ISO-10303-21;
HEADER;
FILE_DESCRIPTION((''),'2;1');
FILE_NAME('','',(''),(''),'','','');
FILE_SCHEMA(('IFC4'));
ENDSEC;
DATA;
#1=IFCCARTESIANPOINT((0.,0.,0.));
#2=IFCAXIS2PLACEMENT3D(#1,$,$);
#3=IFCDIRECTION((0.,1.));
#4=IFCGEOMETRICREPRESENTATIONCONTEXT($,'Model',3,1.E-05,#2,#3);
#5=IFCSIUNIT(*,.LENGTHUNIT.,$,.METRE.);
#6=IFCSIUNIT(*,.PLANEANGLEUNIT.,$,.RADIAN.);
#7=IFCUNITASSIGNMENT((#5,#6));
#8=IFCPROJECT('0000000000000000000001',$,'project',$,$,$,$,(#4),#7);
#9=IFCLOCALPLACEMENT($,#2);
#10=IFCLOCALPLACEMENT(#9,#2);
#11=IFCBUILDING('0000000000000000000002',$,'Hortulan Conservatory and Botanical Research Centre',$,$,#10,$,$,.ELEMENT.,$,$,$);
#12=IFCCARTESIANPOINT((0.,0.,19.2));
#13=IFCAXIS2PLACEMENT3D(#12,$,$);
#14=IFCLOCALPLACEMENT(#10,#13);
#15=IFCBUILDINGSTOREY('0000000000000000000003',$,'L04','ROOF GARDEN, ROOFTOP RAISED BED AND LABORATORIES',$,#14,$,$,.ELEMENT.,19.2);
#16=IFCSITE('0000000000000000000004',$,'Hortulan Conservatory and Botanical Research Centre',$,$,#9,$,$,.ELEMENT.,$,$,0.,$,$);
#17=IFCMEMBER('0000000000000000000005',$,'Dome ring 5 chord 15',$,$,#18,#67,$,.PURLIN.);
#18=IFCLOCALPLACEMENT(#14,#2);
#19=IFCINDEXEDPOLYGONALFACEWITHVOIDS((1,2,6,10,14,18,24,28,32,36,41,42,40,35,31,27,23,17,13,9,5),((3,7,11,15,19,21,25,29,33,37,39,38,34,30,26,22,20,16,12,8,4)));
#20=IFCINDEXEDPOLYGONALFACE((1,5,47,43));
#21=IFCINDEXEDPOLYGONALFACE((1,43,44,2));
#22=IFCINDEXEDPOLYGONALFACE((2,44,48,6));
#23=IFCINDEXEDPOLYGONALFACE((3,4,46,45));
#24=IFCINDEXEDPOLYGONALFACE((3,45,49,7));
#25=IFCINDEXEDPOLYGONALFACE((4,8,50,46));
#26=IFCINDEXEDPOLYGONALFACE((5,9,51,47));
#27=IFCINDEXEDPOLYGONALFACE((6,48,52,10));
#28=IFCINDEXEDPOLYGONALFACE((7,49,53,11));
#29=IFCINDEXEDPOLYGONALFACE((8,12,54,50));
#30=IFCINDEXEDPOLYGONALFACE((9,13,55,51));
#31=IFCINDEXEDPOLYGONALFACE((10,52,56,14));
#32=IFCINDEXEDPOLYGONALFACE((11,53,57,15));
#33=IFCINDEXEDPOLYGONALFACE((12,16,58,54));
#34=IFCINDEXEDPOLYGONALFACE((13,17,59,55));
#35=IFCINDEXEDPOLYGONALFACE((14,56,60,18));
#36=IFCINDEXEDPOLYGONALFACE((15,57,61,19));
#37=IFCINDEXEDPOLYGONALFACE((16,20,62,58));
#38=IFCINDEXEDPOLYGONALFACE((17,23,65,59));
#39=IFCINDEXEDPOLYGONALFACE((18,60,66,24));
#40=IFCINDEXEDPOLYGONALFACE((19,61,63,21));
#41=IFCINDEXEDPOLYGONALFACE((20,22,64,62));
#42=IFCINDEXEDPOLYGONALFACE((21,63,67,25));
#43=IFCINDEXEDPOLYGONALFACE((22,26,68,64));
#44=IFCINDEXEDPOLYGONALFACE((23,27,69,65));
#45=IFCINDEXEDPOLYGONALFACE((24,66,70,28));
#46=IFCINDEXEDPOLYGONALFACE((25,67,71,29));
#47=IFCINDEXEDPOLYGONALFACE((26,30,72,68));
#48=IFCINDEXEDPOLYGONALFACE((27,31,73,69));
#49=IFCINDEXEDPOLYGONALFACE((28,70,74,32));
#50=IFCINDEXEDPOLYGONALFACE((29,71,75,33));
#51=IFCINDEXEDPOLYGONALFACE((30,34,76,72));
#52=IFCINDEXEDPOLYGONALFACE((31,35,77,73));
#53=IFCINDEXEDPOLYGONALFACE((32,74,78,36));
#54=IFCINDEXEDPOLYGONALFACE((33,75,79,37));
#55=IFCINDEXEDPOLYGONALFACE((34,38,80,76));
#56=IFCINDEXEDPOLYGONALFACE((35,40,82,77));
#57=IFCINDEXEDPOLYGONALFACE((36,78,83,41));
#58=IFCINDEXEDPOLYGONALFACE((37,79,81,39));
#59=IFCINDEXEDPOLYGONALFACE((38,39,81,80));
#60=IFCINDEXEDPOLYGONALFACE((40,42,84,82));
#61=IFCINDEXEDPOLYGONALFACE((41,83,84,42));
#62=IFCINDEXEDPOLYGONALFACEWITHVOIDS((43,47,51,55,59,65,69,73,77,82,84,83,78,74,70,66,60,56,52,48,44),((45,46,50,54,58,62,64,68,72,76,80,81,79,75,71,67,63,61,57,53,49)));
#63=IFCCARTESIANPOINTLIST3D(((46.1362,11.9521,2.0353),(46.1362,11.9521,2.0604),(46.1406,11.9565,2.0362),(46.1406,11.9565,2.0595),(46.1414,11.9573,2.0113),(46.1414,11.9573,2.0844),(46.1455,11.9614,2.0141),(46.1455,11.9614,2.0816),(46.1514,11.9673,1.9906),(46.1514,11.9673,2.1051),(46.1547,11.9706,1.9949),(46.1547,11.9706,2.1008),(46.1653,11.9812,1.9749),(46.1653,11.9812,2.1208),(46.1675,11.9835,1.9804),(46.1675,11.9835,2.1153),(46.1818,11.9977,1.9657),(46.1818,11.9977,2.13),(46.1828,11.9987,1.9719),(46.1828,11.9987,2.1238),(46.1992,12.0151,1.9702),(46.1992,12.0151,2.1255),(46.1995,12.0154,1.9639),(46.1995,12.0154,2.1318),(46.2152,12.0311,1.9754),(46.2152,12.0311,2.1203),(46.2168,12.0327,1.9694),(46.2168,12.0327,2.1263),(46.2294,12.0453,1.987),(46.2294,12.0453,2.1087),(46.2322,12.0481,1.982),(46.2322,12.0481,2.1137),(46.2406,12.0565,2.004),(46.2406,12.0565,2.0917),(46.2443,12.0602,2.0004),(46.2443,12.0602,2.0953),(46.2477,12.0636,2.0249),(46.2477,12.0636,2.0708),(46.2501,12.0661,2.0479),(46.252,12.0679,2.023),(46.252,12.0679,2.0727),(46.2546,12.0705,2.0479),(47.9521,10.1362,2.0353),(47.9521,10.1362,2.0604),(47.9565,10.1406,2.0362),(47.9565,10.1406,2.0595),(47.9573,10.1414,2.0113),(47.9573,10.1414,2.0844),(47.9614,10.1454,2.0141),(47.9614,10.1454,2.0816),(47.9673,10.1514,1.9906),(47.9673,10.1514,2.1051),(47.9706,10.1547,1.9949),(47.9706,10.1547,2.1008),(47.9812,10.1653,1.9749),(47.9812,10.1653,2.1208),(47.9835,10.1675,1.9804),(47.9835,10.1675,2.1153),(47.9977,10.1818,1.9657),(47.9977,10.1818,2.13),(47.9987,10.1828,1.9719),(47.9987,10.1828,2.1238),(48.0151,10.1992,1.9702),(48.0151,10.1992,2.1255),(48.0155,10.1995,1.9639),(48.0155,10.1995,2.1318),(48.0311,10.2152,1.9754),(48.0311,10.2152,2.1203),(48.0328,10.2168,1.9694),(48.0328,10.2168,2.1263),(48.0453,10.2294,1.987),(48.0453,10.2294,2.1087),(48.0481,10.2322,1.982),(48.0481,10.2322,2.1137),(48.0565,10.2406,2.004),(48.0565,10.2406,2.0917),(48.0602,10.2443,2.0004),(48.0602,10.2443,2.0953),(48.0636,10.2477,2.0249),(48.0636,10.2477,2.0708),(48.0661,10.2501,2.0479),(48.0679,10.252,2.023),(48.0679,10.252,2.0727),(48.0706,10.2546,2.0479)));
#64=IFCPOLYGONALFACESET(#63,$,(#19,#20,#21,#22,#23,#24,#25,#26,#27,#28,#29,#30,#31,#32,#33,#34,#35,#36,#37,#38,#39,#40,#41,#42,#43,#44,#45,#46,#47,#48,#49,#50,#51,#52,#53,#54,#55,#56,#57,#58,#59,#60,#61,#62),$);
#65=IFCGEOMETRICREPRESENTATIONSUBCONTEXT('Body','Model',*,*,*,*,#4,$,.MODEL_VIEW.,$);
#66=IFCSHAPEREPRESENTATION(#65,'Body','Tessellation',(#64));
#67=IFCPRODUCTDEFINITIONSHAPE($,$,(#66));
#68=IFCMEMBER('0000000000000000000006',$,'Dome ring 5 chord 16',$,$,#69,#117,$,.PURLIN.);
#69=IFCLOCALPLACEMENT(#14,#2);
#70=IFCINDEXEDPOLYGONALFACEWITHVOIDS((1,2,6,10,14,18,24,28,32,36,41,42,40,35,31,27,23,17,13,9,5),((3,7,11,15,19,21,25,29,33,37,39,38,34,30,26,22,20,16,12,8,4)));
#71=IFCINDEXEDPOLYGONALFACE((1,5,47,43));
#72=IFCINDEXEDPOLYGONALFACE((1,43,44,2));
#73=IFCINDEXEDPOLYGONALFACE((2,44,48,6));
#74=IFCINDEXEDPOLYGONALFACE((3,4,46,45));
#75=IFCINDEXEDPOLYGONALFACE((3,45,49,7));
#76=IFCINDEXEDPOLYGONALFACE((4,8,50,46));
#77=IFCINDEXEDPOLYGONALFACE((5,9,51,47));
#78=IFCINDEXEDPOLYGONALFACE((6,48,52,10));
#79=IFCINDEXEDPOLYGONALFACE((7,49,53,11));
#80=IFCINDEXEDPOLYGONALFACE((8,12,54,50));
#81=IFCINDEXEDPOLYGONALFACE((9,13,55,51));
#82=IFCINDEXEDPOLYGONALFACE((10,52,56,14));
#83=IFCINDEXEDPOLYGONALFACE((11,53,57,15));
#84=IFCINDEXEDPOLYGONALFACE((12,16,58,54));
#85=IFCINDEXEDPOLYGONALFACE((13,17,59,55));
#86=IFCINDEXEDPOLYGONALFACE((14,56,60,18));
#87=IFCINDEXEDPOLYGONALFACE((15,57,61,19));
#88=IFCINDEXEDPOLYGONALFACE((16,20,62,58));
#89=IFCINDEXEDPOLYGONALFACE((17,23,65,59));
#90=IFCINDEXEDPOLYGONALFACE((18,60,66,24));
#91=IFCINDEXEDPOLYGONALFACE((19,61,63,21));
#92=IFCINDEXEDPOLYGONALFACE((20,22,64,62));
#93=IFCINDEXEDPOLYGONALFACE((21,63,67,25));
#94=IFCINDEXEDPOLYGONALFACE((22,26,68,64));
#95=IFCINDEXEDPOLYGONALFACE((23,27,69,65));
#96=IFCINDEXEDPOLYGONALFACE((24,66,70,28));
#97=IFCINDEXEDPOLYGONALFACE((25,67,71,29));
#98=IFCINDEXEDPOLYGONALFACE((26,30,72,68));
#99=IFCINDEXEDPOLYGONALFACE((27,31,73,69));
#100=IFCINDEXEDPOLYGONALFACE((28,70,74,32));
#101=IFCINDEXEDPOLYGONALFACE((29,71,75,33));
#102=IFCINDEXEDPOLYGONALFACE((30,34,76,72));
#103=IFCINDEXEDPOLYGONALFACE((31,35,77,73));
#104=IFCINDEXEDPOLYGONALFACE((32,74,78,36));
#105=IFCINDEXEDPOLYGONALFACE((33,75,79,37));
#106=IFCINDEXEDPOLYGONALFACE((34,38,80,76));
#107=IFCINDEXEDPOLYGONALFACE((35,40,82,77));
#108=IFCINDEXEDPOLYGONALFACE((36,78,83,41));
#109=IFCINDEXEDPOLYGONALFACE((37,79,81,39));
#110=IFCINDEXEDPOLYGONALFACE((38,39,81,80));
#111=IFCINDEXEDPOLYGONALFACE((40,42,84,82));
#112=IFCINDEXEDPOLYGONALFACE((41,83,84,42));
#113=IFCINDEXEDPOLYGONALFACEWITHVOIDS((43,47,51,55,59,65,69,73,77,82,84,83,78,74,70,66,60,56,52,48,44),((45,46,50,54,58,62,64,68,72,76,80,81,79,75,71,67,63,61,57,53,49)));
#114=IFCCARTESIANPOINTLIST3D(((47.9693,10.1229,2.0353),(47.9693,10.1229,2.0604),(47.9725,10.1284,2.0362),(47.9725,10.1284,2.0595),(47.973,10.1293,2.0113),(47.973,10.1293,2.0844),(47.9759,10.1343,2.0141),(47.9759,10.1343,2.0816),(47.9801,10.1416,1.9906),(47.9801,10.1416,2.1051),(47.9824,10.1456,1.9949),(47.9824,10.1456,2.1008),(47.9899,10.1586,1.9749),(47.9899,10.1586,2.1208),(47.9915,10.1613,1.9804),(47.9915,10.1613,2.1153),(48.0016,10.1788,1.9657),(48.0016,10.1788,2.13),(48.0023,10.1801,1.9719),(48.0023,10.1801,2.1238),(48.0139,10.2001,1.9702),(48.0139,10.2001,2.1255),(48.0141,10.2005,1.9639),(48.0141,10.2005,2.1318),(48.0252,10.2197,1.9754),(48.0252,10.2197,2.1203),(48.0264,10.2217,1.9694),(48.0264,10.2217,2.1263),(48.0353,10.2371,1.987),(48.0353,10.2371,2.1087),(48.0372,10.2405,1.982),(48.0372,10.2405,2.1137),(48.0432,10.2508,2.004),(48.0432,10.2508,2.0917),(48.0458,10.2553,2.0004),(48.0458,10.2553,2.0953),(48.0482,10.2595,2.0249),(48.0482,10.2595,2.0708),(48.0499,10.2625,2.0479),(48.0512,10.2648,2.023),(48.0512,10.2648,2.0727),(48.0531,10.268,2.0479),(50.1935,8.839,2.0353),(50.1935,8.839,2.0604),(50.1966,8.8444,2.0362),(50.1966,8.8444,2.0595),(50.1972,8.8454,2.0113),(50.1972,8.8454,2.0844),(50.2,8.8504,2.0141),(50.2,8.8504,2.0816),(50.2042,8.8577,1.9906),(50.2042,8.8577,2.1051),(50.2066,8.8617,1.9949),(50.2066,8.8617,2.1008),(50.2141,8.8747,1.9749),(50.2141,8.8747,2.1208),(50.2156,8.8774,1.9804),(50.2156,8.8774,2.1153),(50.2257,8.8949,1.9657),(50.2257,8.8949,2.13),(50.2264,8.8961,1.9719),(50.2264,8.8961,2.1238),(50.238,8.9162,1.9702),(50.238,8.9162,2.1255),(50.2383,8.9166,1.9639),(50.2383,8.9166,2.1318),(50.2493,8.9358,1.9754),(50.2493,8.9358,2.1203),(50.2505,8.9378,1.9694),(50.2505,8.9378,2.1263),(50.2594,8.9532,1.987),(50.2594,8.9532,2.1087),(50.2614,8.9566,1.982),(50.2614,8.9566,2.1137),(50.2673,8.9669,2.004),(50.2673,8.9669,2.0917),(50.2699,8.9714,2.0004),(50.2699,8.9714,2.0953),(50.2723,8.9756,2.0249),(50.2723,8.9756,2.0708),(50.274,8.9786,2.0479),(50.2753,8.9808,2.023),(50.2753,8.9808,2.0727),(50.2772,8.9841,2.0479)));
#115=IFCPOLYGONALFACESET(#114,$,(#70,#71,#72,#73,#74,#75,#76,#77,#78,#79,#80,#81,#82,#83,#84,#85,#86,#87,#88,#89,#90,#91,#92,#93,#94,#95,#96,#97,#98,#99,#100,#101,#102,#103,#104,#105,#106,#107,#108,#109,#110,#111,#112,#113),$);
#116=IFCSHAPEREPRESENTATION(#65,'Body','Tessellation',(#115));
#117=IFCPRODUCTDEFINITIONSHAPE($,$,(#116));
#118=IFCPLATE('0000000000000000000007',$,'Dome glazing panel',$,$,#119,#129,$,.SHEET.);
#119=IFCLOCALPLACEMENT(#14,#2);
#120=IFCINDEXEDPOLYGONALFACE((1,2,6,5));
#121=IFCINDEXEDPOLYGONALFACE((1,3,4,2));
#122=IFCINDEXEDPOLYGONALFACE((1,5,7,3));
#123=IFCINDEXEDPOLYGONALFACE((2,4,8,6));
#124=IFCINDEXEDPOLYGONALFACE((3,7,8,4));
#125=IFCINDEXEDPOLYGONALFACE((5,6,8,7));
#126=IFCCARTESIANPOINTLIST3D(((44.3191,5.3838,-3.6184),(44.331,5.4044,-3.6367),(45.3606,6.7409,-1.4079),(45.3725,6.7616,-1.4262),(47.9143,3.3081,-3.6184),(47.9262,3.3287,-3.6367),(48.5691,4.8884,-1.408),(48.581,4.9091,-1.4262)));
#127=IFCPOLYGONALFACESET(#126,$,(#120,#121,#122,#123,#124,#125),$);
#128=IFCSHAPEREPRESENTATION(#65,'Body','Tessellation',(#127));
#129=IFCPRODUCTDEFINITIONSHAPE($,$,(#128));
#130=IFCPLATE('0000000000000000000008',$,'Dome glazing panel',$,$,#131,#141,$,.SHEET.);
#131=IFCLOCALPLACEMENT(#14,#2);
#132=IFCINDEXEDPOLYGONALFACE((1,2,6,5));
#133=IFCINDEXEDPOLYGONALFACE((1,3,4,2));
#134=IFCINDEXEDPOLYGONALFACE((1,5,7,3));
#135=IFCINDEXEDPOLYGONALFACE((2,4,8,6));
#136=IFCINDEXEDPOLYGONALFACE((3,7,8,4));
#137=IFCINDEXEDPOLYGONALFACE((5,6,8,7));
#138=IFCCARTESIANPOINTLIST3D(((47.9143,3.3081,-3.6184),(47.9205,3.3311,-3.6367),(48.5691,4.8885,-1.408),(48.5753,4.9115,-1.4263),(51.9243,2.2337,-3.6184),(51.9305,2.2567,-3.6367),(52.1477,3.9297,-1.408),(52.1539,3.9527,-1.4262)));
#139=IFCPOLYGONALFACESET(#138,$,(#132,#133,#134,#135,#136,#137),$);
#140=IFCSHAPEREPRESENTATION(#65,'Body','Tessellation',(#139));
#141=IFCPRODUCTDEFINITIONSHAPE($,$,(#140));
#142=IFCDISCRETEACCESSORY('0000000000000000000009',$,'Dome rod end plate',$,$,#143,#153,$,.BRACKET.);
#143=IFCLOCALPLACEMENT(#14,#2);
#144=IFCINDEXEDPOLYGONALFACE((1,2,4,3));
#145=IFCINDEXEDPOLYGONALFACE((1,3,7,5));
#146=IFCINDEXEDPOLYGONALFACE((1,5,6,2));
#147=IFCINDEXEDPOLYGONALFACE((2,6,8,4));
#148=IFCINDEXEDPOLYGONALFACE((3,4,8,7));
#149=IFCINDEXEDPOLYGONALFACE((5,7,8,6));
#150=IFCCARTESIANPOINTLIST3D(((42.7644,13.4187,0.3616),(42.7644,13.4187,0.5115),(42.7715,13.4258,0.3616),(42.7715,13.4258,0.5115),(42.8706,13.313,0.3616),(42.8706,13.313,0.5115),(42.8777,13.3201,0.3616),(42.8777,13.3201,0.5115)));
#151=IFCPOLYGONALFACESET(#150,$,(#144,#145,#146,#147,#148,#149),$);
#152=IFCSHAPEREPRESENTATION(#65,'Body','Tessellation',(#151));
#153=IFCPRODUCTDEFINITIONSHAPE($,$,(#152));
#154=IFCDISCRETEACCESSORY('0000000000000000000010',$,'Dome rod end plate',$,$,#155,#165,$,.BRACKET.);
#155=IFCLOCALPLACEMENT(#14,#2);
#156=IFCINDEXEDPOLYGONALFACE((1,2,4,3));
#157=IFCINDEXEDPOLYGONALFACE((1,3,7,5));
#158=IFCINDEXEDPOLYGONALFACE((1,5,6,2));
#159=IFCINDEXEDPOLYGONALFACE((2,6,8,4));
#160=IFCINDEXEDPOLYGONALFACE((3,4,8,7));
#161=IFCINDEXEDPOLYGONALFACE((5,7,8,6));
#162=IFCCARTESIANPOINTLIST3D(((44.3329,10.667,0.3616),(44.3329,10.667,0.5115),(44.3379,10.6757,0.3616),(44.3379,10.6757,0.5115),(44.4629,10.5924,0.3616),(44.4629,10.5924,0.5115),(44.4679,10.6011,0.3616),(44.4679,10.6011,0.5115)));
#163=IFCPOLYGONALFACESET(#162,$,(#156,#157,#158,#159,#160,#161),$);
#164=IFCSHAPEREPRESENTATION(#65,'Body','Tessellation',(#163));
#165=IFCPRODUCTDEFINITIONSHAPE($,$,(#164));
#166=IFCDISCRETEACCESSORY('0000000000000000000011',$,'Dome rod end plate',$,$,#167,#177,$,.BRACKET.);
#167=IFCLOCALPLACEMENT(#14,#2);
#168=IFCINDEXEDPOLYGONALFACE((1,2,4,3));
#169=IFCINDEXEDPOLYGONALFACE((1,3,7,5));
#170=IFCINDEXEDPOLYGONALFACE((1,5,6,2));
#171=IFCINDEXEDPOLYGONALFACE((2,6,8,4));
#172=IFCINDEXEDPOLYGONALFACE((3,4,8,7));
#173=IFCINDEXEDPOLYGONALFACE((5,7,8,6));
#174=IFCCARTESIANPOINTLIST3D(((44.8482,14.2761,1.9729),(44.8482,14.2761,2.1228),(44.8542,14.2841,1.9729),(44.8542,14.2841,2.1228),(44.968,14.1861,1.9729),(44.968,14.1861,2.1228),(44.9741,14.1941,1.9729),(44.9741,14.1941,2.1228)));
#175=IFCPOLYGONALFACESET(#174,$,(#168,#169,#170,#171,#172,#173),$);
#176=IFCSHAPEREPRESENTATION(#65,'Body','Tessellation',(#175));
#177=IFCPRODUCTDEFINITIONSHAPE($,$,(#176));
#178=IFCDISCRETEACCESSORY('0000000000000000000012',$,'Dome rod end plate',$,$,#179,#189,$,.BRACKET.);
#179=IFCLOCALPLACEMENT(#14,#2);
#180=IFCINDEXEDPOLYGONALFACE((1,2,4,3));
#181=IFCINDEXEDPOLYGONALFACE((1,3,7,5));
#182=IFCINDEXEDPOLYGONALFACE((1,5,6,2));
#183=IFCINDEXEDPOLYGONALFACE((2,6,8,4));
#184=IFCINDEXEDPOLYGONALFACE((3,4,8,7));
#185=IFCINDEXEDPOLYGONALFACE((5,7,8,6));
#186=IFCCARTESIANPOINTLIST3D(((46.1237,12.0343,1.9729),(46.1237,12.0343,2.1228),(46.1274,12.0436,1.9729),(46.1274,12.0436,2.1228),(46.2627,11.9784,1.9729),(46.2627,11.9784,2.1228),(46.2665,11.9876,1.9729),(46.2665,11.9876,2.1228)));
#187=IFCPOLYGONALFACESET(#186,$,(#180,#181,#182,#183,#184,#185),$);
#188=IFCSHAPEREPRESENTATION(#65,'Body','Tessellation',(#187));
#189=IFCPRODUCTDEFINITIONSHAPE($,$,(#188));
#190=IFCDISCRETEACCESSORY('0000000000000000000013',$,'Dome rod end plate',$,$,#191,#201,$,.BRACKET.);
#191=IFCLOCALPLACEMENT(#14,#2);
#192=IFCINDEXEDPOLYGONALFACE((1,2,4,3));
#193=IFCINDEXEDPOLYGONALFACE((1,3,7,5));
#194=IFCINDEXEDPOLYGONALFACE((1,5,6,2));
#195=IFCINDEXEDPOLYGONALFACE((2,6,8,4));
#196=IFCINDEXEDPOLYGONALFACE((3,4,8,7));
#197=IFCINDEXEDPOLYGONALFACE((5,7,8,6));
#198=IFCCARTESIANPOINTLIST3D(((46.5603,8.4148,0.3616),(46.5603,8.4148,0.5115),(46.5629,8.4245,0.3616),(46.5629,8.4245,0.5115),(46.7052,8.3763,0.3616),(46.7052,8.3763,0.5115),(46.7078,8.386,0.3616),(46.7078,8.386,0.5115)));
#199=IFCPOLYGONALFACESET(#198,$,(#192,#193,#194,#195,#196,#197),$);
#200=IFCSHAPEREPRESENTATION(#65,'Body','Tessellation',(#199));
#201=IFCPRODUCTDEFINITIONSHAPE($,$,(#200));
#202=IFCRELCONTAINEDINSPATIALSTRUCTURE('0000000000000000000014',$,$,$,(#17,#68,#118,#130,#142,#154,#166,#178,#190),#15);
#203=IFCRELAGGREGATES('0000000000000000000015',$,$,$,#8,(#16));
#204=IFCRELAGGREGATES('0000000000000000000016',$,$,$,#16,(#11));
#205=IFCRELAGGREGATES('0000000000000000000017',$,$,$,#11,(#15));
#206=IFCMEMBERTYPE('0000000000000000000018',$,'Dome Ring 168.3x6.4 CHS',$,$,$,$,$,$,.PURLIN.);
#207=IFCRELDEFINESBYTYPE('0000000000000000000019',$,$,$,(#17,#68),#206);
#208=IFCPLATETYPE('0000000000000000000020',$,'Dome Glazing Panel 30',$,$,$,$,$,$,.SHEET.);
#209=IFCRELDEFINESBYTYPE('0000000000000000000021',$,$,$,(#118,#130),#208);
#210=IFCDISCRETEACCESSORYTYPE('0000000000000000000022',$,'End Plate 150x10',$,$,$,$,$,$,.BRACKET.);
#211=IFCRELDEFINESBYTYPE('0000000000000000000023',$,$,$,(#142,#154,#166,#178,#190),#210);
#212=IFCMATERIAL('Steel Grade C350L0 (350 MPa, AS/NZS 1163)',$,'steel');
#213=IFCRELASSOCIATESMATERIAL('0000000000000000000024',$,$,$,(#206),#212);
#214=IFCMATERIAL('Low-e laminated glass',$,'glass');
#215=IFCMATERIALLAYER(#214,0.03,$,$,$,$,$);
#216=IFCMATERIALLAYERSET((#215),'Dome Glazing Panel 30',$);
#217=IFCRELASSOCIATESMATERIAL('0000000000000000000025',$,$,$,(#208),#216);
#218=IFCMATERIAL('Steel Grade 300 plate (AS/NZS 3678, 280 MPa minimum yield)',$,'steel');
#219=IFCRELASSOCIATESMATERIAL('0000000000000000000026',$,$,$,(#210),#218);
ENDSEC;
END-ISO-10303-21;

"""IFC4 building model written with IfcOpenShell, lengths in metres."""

from ifc_helpers import new_model, si_unit, direction, frame, origin, origin_2d, place, context, subcontext, project, spatial, polyline, rectangle, hollow_circle, outline, extrude, material, layer, layer_set, material_profile, profile_set, type_object, element, save


model = new_model("IFC4")

# Units and contexts
model_context = context("Model", 3, precision=1e-05, world=origin(), true_north=direction((0.0, 1.0)))
body_context = subcontext(model_context, "Body", "Model", "MODEL_VIEW")
ifc_project = project(units=[si_unit("LENGTHUNIT", "METRE"), si_unit("PLANEANGLEUNIT", "RADIAN")], contexts=[model_context])

# Site, building, storey
site_placement = place(None, origin())
site = spatial("IfcSite", under=ifc_project, at=site_placement, Name="Hortulan Conservatory and Botanical Research Centre", CompositionType="ELEMENT", RefElevation=0.0)
building_placement = place(site_placement, origin())
building = spatial("IfcBuilding", under=site, at=building_placement, Name="Hortulan Conservatory and Botanical Research Centre", CompositionType="ELEMENT")
storey_placement = place(building_placement, frame((0.0, 0.0, 19.2)))
storey = spatial("IfcBuildingStorey", under=building, at=storey_placement, Name="L04", Description="ROOF GARDEN, ROOFTOP RAISED BED AND LABORATORIES", CompositionType="ELEMENT", Elevation=19.2)

# Shared definitions
ifc_material_1 = material(Name="Steel Grade C350L0 (350 MPa, AS/NZS 1163)", Category="steel")

# Members
ifc_material_profile_1 = material_profile(ifc_material_1, hollow_circle(Radius=0.0842, WallThickness=0.0063, at=origin_2d()), Name="168.3x6.4CHS")
ifc_profile_set_1 = profile_set([ifc_material_profile_1], Name="Steel Grade C350L0 (350 MPa, AS/NZS 1163)")
member_type_1 = type_object("IfcMemberType", Name="Dome Ring 168.3x6.4 CHS", PredefinedType="PURLIN", material=ifc_profile_set_1)
for number, where, z_axis, x_axis, name in (
    (1, (46.1951, 12.011, 2.0479), (0.707107, -0.707107, 0.0), (0.707107, 0.707107, 0.0), "Dome ring 5 chord 15"),
    (2, (48.011, 10.1951, 2.0479), (0.866053, -0.499953, 0.0), (0.499953, 0.866053, 0.0), "Dome ring 5 chord 16"),
):
    element("IfcMember", number, at=place(storey_placement, frame(where, z_axis=z_axis, x_axis=x_axis)), inside=storey, type_object=member_type_1, Name=name, PredefinedType="PURLIN", context=body_context, shape_type="SweptSolid", body=[
        extrude(hollow_circle(Radius=0.0842, WallThickness=0.0063, at=origin_2d()), origin(), (0.0, 0.0, 1.0), 2.5681),
    ])

# Plates
ifc_material_2 = material(Name="Low-e laminated glass", Category="glass")
ifc_layer = layer(ifc_material_2, 0.03)
ifc_layer_set = layer_set([ifc_layer], Name="Dome Glazing Panel 30")
plate_type = type_object("IfcPlateType", Name="Dome Glazing Panel 30", PredefinedType="SHEET", material=ifc_layer_set)
plate_1_placement = place(storey_placement, frame((44.3191, 5.3838, -3.6184), z_axis=(-0.396692, -0.687073, 0.608741), x_axis=(0.866023, -0.500005, 0.000007)))
element("IfcPlate", 3, at=plate_1_placement, inside=storey, type_object=plate_type, Name="Dome glazing panel", PredefinedType="SHEET", context=body_context, shape_type="SweptSolid", body=[
    extrude(outline(polyline([(0.0, 0.0), (4.1514, 0.0), (3.9283, 2.7861), (0.2234, 2.7862), (0.0, 0.0)])), origin(), (0.0, 0.0, -1.0), 0.03),
])
plate_2_placement = place(storey_placement, frame((47.9143, 3.3081, -3.6184), z_axis=(-0.205325, -0.766346, 0.608732), x_axis=(0.965929, -0.258806, -0.000008)))
element("IfcPlate", 4, at=plate_2_placement, inside=storey, type_object=plate_type, Name="Dome glazing panel", PredefinedType="SHEET", context=body_context, shape_type="SweptSolid", body=[
    extrude(outline(polyline([(0.0, 0.0), (4.1515, 0.0), (3.9283, 2.7862), (0.2235, 2.7861), (0.0, 0.0)])), origin(), (0.0, 0.0, -1.0), 0.03),
])

# Discrete accessories
ifc_material_3 = material(Name="Steel Grade 300 plate (AS/NZS 3678, 280 MPa minimum yield)", Category="steel")
discrete_accessory_type = type_object("IfcDiscreteAccessoryType", Name="End Plate 150x10", PredefinedType="BRACKET", material=ifc_material_3)
for number, where, z_axis, x_axis, name in (
    (5, (42.821, 13.3694, 0.3616), (0.0, 0.0, 1.0), (0.708771, -0.705439, 0.0), "Dome rod end plate"),
    (6, (44.4004, 10.634, 0.3616), (0.0, 0.0, 1.0), (0.867201, -0.497958, 0.0), "Dome rod end plate"),
    (7, (44.9111, 14.2351, 1.9729), (0.0, 0.0, 1.0), (0.799381, -0.600825, 0.0), "Dome rod end plate"),
    (8, (46.1951, 12.011, 1.9729), (0.0, 0.0, 1.0), (0.927641, -0.373474, 0.0), "Dome rod end plate"),
    (9, (46.634, 8.4004, 0.3616), (0.0, 0.0, 1.0), (0.966533, -0.256542, 0.0), "Dome rod end plate"),
):
    element("IfcDiscreteAccessory", number, at=place(storey_placement, frame(where, z_axis=z_axis, x_axis=x_axis)), inside=storey, type_object=discrete_accessory_type, Name=name, PredefinedType="BRACKET", context=body_context, shape_type="SweptSolid", body=[
        extrude(rectangle(XDim=0.1499, YDim=0.01, at=origin_2d()), origin(), (0.0, 0.0, 1.0), 0.1499),
    ])

save(model, "model.ifc")
